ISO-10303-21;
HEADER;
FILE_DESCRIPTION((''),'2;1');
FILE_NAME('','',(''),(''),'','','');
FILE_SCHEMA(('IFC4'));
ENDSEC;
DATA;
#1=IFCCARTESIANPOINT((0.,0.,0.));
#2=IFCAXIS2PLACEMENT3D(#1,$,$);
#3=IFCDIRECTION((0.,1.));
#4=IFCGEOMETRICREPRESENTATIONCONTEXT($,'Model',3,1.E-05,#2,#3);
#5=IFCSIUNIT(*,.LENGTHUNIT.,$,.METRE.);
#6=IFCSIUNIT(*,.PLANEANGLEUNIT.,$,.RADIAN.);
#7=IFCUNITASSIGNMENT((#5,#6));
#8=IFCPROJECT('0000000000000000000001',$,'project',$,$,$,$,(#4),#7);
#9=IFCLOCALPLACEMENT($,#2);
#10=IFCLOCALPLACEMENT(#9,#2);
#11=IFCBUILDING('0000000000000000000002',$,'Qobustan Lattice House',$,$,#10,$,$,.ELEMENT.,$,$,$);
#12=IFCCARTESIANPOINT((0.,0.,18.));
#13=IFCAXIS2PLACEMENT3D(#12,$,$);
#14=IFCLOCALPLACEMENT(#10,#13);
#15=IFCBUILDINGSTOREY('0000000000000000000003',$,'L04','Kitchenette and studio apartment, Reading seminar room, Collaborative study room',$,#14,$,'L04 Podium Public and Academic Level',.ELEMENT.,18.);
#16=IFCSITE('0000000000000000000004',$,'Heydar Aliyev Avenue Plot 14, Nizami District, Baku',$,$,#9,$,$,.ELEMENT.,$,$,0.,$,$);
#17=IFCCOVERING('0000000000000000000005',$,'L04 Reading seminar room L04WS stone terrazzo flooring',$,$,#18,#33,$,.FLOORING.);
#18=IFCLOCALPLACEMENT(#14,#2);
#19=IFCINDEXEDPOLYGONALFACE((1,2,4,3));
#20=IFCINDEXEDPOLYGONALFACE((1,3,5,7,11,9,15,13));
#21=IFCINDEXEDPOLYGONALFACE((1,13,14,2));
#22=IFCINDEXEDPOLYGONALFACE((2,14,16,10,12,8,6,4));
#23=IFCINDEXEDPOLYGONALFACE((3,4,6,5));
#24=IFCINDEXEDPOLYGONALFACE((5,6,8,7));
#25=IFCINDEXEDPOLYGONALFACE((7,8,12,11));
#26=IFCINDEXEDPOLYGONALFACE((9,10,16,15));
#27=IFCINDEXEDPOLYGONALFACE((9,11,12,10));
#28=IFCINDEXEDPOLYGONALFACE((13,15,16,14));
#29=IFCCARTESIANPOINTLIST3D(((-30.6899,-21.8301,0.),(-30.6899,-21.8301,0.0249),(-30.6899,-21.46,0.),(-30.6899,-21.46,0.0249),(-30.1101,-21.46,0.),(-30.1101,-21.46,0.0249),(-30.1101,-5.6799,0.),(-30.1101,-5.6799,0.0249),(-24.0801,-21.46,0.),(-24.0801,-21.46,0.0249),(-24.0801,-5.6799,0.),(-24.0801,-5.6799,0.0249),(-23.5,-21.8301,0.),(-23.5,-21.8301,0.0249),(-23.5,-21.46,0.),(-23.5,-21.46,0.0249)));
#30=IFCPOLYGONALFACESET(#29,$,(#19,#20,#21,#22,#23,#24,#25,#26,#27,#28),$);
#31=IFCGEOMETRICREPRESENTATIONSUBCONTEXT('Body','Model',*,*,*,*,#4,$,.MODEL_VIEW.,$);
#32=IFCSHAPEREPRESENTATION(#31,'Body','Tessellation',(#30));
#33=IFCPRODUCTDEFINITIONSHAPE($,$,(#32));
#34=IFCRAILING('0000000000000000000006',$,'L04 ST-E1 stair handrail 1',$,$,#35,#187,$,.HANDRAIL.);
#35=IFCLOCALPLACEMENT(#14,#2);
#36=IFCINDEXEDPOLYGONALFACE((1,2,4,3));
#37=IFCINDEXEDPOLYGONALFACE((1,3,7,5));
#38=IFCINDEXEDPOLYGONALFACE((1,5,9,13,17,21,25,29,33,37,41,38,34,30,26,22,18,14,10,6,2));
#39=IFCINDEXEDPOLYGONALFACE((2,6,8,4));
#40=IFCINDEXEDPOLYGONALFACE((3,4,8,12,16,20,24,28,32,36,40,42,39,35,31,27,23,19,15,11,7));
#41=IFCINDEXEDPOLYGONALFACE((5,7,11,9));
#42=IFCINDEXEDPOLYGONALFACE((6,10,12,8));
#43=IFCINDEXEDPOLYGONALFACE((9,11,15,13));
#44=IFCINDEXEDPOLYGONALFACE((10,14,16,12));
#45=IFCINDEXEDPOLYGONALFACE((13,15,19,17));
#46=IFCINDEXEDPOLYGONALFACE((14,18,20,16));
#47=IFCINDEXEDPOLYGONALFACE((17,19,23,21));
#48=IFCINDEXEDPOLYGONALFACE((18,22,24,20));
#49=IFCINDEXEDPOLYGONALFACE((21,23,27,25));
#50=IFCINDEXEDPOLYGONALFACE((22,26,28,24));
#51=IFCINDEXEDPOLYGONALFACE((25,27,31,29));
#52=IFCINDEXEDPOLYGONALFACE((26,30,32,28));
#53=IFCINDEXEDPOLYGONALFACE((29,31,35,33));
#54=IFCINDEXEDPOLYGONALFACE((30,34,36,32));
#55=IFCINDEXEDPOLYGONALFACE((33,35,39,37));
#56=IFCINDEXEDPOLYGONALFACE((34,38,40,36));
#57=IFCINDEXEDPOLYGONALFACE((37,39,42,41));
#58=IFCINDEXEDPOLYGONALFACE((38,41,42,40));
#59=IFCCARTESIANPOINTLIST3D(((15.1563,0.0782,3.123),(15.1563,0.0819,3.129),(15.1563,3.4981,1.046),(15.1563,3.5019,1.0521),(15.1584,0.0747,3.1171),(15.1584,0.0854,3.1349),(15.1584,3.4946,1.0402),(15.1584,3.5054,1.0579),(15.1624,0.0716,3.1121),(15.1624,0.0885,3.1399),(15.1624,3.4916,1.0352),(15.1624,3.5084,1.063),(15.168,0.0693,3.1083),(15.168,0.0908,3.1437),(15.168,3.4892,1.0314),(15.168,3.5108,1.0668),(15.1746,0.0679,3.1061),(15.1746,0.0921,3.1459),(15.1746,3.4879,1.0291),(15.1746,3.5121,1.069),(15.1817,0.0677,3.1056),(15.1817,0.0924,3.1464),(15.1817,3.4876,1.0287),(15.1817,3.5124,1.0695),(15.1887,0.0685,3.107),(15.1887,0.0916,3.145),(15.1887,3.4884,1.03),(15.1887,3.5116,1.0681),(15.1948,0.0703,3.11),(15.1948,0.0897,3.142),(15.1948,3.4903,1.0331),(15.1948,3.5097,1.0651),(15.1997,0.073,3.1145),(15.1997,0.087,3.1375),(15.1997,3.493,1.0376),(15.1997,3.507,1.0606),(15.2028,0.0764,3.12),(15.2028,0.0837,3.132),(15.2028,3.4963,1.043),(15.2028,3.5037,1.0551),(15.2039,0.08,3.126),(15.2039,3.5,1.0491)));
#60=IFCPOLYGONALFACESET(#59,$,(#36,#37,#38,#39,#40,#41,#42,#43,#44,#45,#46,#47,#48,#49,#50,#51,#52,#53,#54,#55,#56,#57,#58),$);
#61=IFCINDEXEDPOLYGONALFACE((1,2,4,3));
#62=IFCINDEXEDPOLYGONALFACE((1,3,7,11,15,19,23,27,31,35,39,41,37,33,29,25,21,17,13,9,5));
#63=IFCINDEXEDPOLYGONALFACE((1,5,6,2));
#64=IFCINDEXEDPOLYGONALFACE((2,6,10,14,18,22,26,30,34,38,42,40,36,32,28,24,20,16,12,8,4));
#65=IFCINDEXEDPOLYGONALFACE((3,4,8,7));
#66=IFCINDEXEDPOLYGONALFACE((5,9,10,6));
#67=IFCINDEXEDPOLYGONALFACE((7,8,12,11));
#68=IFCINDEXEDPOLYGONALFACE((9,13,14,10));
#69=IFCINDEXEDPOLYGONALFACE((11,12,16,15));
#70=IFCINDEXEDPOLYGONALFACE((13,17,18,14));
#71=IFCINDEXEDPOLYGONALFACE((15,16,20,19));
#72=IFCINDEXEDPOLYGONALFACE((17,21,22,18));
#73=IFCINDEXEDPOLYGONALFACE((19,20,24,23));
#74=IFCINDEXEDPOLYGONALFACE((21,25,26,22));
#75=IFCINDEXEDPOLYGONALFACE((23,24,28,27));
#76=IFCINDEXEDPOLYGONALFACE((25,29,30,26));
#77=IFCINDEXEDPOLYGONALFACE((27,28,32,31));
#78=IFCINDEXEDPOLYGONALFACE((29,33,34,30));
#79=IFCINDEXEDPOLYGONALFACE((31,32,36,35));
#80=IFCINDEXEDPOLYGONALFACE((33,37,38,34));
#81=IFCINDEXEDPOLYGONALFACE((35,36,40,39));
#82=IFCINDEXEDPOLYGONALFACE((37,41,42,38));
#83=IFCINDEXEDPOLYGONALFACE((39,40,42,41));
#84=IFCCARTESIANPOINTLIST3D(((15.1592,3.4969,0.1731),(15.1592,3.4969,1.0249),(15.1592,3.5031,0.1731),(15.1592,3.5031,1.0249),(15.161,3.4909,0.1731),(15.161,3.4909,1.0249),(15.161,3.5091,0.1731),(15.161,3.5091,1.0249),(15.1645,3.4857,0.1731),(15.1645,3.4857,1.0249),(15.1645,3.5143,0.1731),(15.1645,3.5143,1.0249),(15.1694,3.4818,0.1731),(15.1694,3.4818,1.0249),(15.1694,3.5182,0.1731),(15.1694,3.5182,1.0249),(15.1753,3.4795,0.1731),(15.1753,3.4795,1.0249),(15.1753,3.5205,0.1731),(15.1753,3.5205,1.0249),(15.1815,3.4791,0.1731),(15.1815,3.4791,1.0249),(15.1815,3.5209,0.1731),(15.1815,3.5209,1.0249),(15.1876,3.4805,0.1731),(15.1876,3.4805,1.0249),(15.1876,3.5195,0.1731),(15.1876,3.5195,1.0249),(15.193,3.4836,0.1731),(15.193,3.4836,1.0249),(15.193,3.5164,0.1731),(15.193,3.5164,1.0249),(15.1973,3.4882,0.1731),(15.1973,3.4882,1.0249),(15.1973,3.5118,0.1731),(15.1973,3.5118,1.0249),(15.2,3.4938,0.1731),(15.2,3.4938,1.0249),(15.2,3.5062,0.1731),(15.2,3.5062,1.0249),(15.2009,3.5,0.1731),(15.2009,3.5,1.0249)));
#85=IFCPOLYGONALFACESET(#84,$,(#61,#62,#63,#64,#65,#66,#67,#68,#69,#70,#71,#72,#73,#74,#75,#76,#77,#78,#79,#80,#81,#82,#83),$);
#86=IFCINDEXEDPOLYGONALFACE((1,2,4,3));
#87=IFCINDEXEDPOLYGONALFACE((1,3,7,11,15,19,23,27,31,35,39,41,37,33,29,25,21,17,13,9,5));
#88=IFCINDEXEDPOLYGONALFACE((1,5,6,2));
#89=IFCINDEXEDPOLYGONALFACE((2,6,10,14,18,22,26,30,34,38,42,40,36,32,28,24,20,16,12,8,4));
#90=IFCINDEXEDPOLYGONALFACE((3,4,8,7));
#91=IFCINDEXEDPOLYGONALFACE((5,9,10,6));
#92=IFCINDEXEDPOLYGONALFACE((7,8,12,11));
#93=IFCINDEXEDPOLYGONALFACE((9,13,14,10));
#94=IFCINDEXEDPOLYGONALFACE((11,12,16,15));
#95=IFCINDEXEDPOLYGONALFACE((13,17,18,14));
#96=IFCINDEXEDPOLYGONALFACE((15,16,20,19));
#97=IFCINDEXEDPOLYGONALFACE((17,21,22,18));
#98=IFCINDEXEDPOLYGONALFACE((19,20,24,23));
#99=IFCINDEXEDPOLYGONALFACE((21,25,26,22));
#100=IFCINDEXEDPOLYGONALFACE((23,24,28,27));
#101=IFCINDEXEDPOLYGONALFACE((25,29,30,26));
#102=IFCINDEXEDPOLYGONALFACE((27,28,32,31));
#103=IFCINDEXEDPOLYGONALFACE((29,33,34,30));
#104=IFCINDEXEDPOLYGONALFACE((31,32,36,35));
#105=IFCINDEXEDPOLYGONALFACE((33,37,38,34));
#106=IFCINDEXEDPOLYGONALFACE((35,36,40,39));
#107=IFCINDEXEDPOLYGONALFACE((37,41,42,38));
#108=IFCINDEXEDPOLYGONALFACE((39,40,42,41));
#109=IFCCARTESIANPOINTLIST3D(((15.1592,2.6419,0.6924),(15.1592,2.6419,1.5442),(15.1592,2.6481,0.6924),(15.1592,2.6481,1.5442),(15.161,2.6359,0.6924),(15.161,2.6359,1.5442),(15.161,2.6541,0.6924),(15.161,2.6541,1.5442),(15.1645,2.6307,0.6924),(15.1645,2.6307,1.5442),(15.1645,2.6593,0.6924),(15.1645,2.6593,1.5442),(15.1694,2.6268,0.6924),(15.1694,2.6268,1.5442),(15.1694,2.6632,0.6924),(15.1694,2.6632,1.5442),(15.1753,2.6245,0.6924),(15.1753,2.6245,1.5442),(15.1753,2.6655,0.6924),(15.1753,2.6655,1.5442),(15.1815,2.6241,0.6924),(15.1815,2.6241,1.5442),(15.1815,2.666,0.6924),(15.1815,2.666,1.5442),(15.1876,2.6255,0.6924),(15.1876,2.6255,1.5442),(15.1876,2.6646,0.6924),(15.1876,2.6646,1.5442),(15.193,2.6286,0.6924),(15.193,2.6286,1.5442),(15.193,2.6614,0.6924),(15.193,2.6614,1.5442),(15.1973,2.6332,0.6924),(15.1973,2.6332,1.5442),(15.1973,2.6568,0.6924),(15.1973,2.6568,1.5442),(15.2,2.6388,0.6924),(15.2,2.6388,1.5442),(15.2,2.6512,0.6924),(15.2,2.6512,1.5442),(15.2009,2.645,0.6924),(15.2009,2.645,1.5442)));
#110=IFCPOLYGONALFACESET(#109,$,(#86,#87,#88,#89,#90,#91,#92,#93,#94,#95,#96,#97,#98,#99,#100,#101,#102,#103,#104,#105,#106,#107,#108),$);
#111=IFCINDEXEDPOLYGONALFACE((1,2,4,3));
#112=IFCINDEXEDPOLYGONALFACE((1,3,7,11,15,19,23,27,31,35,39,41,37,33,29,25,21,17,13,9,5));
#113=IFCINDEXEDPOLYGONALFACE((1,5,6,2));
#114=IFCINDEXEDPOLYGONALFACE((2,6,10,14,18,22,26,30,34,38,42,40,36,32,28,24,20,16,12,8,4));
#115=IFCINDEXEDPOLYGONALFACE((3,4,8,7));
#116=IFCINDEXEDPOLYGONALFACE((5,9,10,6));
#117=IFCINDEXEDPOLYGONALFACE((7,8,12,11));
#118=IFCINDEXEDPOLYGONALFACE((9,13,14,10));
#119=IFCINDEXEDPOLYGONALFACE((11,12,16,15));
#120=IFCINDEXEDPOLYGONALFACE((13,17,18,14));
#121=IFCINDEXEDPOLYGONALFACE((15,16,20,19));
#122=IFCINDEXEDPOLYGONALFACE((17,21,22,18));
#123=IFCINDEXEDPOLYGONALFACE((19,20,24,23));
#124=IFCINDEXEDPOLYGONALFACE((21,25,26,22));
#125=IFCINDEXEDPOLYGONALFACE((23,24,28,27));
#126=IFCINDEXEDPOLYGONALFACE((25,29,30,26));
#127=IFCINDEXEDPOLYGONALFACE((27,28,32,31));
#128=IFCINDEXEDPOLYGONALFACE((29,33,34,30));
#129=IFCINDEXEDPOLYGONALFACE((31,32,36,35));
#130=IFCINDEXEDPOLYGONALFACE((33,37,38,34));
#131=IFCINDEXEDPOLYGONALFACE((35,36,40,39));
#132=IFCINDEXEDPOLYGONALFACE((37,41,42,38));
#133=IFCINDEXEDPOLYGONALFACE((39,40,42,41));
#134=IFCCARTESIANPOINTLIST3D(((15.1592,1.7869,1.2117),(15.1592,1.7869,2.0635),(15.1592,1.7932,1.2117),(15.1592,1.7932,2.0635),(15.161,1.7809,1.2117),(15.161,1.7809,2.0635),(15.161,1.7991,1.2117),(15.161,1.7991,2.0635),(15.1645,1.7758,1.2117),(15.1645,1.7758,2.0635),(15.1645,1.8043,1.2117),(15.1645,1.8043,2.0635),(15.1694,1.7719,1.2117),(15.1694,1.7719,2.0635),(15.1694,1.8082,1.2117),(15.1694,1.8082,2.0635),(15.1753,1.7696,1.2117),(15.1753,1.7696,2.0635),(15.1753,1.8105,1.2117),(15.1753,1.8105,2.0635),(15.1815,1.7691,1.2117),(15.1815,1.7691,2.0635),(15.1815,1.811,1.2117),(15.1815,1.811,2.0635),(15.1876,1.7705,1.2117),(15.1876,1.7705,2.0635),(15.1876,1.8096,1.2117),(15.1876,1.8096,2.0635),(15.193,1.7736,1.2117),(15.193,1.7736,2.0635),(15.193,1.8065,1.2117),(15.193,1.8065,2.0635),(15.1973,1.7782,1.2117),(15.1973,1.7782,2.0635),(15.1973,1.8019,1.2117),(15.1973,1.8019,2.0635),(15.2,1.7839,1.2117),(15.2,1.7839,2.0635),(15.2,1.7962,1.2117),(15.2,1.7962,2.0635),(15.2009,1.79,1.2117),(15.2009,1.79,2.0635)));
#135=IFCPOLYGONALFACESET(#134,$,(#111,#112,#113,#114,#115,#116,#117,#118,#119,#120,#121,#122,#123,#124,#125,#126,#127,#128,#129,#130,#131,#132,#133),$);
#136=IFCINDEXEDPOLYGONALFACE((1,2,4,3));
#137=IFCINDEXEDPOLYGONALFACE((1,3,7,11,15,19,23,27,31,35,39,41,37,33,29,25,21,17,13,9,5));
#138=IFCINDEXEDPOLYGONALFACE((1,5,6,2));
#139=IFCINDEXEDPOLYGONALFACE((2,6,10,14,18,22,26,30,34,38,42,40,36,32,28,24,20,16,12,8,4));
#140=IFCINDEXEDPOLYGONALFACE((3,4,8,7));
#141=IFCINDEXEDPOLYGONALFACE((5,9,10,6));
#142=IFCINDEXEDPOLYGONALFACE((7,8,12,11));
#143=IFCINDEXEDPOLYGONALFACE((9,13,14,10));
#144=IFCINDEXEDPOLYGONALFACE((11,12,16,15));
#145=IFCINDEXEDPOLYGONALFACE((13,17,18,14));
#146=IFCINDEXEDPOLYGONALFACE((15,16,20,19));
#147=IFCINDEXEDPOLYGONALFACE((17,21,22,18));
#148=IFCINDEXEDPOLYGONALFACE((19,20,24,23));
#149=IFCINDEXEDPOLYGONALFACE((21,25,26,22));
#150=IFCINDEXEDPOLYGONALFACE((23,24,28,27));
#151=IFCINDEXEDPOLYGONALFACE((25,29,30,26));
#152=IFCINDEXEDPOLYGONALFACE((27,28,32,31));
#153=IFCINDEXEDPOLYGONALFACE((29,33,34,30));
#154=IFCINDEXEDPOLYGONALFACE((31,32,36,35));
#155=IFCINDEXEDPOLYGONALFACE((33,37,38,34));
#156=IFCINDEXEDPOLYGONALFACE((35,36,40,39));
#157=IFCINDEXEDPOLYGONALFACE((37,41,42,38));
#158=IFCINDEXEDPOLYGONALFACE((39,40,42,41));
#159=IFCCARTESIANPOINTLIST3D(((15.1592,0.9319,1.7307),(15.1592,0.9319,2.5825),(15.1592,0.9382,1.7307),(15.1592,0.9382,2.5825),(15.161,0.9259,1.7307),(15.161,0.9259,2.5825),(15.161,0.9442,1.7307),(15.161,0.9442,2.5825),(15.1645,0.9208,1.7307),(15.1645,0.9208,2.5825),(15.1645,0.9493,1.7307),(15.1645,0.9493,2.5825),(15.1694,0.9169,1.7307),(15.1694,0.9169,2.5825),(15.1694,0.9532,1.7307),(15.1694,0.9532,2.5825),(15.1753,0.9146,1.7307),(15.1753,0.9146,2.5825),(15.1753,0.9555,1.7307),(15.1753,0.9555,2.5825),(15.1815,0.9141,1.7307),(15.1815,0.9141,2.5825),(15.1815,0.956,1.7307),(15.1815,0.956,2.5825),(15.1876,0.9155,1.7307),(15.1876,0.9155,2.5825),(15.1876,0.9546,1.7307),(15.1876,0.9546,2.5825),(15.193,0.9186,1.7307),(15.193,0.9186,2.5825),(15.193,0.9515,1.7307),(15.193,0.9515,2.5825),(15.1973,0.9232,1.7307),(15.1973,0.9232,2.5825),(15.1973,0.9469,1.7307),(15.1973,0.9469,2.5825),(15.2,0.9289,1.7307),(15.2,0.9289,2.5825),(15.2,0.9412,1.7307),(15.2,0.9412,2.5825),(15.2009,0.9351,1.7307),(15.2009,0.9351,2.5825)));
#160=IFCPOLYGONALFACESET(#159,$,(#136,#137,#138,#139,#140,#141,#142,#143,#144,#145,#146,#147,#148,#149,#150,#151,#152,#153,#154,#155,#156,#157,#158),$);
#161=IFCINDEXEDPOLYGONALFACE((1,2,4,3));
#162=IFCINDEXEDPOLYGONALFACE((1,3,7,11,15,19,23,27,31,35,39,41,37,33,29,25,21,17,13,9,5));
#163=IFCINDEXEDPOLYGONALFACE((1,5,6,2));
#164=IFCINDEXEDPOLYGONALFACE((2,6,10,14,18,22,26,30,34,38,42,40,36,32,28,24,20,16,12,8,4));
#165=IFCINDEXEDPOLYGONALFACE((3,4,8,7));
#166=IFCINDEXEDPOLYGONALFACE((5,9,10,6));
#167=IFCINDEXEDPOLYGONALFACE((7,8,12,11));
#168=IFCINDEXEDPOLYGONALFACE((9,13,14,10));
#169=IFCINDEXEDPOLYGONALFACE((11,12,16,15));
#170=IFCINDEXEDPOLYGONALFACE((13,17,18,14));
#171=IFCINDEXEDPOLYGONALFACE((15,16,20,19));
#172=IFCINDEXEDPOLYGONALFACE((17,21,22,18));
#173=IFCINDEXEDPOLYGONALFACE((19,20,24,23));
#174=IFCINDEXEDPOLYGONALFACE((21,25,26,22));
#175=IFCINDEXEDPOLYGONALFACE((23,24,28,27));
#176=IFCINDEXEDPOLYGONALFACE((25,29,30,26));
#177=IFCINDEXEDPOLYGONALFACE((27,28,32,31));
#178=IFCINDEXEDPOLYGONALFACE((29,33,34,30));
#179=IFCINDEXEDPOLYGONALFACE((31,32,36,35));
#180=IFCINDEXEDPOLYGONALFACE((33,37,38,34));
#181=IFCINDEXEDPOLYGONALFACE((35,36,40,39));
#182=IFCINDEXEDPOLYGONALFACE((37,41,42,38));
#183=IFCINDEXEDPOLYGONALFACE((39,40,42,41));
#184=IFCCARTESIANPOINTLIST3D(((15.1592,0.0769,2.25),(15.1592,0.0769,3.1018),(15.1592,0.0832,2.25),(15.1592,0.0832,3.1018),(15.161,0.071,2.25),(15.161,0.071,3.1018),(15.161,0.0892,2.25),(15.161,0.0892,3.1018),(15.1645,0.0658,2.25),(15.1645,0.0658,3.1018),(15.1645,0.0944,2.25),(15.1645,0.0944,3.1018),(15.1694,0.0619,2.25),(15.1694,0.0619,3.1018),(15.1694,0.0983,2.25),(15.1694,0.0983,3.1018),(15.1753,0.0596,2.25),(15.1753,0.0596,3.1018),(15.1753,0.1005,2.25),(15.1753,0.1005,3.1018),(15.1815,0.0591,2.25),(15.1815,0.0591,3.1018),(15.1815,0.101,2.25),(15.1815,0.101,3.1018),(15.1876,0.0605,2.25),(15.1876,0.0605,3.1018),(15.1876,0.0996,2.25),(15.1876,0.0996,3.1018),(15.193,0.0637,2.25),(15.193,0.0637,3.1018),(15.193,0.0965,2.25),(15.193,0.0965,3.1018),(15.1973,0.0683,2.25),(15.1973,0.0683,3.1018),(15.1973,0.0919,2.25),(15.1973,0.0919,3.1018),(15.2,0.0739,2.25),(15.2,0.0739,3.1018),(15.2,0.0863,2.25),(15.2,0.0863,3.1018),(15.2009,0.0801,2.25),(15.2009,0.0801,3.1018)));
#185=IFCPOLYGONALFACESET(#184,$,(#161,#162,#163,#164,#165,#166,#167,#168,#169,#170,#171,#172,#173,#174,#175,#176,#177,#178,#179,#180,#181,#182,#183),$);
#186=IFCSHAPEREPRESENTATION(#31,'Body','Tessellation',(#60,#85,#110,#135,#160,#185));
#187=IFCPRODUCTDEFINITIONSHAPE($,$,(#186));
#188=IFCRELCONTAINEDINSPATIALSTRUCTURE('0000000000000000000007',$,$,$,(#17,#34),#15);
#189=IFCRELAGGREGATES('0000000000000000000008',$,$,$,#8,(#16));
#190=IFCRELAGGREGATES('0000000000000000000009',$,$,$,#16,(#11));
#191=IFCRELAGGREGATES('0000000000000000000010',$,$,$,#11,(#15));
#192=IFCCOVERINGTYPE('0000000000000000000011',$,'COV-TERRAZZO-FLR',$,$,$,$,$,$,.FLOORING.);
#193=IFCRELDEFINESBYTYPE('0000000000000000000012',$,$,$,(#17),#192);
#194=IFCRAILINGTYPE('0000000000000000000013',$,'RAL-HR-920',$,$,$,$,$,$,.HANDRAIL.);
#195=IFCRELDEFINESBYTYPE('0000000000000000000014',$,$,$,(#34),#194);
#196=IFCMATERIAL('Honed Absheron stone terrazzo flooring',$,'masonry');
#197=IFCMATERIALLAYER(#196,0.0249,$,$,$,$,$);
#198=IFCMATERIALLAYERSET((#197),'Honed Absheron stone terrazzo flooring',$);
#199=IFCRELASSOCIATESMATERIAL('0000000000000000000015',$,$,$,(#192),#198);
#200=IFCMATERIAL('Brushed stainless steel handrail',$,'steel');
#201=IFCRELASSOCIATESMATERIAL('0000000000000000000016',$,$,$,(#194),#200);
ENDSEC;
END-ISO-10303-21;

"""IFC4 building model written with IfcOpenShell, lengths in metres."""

from ifc_helpers import new_model, si_unit, direction, frame, origin, origin_2d, place, context, subcontext, project, spatial, polyline, circle, outline, extrude, material, layer, layer_set, type_object, element, save


model = new_model("IFC4")

# Units and contexts
model_context = context("Model", 3, precision=1e-05, world=origin(), true_north=direction((0.0, 1.0)))
body_context = subcontext(model_context, "Body", "Model", "MODEL_VIEW")
ifc_project = project(units=[si_unit("LENGTHUNIT", "METRE"), si_unit("PLANEANGLEUNIT", "RADIAN")], contexts=[model_context])

# Site, building, storey
site_placement = place(None, origin())
site = spatial("IfcSite", under=ifc_project, at=site_placement, Name="Heydar Aliyev Avenue Plot 14, Nizami District, Baku", CompositionType="ELEMENT", RefElevation=0.0)
building_placement = place(site_placement, origin())
building = spatial("IfcBuilding", under=site, at=building_placement, Name="Qobustan Lattice House", CompositionType="ELEMENT")
storey_placement = place(building_placement, frame((0.0, 0.0, 18.0)))
storey = spatial("IfcBuildingStorey", under=building, at=storey_placement, Name="L04", Description="Kitchenette and studio apartment, Reading seminar room, Collaborative study room", LongName="L04 Podium Public and Academic Level", CompositionType="ELEMENT", Elevation=18.0)

# Covering
ifc_material_1 = material(Name="Honed Absheron stone terrazzo flooring", Category="masonry")
ifc_layer_1 = layer(ifc_material_1, 0.0249)
ifc_layer_set_1 = layer_set([ifc_layer_1], Name="Honed Absheron stone terrazzo flooring")
covering_type_1 = type_object("IfcCoveringType", Name="COV-TERRAZZO-FLR", PredefinedType="FLOORING", material=ifc_layer_set_1)
covering_1_placement = place(storey_placement, origin())
element("IfcCovering", 1, at=covering_1_placement, inside=storey, type_object=covering_type_1, Name="L04 Reading seminar room L04WS stone terrazzo flooring", PredefinedType="FLOORING", context=body_context, shape_type="SweptSolid", body=[
    extrude(outline(polyline([(-30.6899, -21.46), (-30.6899, -21.8301), (-23.5, -21.8301), (-23.5, -21.46), (-24.0801, -21.46), (-24.0801, -5.6799), (-30.1101, -5.6799), (-30.1101, -21.46), (-30.6899, -21.46)])), origin(), (0.0, 0.0, 1.0), 0.0249),
])

# Railing
ifc_material_2 = material(Name="Brushed stainless steel handrail", Category="steel")
railing_type_1 = type_object("IfcRailingType", Name="RAL-HR-920", PredefinedType="HANDRAIL", material=ifc_material_2)
railing_1_placement = place(storey_placement, frame((15.1799, 3.5, 0.1731)))
element("IfcRailing", 2, at=railing_1_placement, inside=storey, type_object=railing_type_1, Name="L04 ST-E1 stair handrail 1", PredefinedType="HANDRAIL", context=body_context, shape_type="SweptSolid", body=[
    extrude(circle(Radius=0.0239, at=origin_2d()), frame((0.0, 0.0, 0.876), z_axis=(0.0, -0.85473, 0.519074), x_axis=(1.0, 0.0, 0.0)), (0.0, 0.0, 1.0), 4.0012),
    extrude(circle(Radius=0.021, at=origin_2d()), origin(), (0.0, 0.0, 1.0), 0.8518),
    extrude(circle(Radius=0.021, at=origin_2d()), frame((0.0, -0.855, 0.5193)), (0.0, 0.0, 1.0), 0.8518),
    extrude(circle(Radius=0.021, at=origin_2d()), frame((0.0, -1.71, 1.0386)), (0.0, 0.0, 1.0), 0.8518),
    extrude(circle(Radius=0.021, at=origin_2d()), frame((0.0, -2.5649, 1.5576)), (0.0, 0.0, 1.0), 0.8518),
    extrude(circle(Radius=0.021, at=origin_2d()), frame((0.0, -3.4199, 2.0769)), (0.0, 0.0, 1.0), 0.8518),
])

save(model, "model.ifc")
